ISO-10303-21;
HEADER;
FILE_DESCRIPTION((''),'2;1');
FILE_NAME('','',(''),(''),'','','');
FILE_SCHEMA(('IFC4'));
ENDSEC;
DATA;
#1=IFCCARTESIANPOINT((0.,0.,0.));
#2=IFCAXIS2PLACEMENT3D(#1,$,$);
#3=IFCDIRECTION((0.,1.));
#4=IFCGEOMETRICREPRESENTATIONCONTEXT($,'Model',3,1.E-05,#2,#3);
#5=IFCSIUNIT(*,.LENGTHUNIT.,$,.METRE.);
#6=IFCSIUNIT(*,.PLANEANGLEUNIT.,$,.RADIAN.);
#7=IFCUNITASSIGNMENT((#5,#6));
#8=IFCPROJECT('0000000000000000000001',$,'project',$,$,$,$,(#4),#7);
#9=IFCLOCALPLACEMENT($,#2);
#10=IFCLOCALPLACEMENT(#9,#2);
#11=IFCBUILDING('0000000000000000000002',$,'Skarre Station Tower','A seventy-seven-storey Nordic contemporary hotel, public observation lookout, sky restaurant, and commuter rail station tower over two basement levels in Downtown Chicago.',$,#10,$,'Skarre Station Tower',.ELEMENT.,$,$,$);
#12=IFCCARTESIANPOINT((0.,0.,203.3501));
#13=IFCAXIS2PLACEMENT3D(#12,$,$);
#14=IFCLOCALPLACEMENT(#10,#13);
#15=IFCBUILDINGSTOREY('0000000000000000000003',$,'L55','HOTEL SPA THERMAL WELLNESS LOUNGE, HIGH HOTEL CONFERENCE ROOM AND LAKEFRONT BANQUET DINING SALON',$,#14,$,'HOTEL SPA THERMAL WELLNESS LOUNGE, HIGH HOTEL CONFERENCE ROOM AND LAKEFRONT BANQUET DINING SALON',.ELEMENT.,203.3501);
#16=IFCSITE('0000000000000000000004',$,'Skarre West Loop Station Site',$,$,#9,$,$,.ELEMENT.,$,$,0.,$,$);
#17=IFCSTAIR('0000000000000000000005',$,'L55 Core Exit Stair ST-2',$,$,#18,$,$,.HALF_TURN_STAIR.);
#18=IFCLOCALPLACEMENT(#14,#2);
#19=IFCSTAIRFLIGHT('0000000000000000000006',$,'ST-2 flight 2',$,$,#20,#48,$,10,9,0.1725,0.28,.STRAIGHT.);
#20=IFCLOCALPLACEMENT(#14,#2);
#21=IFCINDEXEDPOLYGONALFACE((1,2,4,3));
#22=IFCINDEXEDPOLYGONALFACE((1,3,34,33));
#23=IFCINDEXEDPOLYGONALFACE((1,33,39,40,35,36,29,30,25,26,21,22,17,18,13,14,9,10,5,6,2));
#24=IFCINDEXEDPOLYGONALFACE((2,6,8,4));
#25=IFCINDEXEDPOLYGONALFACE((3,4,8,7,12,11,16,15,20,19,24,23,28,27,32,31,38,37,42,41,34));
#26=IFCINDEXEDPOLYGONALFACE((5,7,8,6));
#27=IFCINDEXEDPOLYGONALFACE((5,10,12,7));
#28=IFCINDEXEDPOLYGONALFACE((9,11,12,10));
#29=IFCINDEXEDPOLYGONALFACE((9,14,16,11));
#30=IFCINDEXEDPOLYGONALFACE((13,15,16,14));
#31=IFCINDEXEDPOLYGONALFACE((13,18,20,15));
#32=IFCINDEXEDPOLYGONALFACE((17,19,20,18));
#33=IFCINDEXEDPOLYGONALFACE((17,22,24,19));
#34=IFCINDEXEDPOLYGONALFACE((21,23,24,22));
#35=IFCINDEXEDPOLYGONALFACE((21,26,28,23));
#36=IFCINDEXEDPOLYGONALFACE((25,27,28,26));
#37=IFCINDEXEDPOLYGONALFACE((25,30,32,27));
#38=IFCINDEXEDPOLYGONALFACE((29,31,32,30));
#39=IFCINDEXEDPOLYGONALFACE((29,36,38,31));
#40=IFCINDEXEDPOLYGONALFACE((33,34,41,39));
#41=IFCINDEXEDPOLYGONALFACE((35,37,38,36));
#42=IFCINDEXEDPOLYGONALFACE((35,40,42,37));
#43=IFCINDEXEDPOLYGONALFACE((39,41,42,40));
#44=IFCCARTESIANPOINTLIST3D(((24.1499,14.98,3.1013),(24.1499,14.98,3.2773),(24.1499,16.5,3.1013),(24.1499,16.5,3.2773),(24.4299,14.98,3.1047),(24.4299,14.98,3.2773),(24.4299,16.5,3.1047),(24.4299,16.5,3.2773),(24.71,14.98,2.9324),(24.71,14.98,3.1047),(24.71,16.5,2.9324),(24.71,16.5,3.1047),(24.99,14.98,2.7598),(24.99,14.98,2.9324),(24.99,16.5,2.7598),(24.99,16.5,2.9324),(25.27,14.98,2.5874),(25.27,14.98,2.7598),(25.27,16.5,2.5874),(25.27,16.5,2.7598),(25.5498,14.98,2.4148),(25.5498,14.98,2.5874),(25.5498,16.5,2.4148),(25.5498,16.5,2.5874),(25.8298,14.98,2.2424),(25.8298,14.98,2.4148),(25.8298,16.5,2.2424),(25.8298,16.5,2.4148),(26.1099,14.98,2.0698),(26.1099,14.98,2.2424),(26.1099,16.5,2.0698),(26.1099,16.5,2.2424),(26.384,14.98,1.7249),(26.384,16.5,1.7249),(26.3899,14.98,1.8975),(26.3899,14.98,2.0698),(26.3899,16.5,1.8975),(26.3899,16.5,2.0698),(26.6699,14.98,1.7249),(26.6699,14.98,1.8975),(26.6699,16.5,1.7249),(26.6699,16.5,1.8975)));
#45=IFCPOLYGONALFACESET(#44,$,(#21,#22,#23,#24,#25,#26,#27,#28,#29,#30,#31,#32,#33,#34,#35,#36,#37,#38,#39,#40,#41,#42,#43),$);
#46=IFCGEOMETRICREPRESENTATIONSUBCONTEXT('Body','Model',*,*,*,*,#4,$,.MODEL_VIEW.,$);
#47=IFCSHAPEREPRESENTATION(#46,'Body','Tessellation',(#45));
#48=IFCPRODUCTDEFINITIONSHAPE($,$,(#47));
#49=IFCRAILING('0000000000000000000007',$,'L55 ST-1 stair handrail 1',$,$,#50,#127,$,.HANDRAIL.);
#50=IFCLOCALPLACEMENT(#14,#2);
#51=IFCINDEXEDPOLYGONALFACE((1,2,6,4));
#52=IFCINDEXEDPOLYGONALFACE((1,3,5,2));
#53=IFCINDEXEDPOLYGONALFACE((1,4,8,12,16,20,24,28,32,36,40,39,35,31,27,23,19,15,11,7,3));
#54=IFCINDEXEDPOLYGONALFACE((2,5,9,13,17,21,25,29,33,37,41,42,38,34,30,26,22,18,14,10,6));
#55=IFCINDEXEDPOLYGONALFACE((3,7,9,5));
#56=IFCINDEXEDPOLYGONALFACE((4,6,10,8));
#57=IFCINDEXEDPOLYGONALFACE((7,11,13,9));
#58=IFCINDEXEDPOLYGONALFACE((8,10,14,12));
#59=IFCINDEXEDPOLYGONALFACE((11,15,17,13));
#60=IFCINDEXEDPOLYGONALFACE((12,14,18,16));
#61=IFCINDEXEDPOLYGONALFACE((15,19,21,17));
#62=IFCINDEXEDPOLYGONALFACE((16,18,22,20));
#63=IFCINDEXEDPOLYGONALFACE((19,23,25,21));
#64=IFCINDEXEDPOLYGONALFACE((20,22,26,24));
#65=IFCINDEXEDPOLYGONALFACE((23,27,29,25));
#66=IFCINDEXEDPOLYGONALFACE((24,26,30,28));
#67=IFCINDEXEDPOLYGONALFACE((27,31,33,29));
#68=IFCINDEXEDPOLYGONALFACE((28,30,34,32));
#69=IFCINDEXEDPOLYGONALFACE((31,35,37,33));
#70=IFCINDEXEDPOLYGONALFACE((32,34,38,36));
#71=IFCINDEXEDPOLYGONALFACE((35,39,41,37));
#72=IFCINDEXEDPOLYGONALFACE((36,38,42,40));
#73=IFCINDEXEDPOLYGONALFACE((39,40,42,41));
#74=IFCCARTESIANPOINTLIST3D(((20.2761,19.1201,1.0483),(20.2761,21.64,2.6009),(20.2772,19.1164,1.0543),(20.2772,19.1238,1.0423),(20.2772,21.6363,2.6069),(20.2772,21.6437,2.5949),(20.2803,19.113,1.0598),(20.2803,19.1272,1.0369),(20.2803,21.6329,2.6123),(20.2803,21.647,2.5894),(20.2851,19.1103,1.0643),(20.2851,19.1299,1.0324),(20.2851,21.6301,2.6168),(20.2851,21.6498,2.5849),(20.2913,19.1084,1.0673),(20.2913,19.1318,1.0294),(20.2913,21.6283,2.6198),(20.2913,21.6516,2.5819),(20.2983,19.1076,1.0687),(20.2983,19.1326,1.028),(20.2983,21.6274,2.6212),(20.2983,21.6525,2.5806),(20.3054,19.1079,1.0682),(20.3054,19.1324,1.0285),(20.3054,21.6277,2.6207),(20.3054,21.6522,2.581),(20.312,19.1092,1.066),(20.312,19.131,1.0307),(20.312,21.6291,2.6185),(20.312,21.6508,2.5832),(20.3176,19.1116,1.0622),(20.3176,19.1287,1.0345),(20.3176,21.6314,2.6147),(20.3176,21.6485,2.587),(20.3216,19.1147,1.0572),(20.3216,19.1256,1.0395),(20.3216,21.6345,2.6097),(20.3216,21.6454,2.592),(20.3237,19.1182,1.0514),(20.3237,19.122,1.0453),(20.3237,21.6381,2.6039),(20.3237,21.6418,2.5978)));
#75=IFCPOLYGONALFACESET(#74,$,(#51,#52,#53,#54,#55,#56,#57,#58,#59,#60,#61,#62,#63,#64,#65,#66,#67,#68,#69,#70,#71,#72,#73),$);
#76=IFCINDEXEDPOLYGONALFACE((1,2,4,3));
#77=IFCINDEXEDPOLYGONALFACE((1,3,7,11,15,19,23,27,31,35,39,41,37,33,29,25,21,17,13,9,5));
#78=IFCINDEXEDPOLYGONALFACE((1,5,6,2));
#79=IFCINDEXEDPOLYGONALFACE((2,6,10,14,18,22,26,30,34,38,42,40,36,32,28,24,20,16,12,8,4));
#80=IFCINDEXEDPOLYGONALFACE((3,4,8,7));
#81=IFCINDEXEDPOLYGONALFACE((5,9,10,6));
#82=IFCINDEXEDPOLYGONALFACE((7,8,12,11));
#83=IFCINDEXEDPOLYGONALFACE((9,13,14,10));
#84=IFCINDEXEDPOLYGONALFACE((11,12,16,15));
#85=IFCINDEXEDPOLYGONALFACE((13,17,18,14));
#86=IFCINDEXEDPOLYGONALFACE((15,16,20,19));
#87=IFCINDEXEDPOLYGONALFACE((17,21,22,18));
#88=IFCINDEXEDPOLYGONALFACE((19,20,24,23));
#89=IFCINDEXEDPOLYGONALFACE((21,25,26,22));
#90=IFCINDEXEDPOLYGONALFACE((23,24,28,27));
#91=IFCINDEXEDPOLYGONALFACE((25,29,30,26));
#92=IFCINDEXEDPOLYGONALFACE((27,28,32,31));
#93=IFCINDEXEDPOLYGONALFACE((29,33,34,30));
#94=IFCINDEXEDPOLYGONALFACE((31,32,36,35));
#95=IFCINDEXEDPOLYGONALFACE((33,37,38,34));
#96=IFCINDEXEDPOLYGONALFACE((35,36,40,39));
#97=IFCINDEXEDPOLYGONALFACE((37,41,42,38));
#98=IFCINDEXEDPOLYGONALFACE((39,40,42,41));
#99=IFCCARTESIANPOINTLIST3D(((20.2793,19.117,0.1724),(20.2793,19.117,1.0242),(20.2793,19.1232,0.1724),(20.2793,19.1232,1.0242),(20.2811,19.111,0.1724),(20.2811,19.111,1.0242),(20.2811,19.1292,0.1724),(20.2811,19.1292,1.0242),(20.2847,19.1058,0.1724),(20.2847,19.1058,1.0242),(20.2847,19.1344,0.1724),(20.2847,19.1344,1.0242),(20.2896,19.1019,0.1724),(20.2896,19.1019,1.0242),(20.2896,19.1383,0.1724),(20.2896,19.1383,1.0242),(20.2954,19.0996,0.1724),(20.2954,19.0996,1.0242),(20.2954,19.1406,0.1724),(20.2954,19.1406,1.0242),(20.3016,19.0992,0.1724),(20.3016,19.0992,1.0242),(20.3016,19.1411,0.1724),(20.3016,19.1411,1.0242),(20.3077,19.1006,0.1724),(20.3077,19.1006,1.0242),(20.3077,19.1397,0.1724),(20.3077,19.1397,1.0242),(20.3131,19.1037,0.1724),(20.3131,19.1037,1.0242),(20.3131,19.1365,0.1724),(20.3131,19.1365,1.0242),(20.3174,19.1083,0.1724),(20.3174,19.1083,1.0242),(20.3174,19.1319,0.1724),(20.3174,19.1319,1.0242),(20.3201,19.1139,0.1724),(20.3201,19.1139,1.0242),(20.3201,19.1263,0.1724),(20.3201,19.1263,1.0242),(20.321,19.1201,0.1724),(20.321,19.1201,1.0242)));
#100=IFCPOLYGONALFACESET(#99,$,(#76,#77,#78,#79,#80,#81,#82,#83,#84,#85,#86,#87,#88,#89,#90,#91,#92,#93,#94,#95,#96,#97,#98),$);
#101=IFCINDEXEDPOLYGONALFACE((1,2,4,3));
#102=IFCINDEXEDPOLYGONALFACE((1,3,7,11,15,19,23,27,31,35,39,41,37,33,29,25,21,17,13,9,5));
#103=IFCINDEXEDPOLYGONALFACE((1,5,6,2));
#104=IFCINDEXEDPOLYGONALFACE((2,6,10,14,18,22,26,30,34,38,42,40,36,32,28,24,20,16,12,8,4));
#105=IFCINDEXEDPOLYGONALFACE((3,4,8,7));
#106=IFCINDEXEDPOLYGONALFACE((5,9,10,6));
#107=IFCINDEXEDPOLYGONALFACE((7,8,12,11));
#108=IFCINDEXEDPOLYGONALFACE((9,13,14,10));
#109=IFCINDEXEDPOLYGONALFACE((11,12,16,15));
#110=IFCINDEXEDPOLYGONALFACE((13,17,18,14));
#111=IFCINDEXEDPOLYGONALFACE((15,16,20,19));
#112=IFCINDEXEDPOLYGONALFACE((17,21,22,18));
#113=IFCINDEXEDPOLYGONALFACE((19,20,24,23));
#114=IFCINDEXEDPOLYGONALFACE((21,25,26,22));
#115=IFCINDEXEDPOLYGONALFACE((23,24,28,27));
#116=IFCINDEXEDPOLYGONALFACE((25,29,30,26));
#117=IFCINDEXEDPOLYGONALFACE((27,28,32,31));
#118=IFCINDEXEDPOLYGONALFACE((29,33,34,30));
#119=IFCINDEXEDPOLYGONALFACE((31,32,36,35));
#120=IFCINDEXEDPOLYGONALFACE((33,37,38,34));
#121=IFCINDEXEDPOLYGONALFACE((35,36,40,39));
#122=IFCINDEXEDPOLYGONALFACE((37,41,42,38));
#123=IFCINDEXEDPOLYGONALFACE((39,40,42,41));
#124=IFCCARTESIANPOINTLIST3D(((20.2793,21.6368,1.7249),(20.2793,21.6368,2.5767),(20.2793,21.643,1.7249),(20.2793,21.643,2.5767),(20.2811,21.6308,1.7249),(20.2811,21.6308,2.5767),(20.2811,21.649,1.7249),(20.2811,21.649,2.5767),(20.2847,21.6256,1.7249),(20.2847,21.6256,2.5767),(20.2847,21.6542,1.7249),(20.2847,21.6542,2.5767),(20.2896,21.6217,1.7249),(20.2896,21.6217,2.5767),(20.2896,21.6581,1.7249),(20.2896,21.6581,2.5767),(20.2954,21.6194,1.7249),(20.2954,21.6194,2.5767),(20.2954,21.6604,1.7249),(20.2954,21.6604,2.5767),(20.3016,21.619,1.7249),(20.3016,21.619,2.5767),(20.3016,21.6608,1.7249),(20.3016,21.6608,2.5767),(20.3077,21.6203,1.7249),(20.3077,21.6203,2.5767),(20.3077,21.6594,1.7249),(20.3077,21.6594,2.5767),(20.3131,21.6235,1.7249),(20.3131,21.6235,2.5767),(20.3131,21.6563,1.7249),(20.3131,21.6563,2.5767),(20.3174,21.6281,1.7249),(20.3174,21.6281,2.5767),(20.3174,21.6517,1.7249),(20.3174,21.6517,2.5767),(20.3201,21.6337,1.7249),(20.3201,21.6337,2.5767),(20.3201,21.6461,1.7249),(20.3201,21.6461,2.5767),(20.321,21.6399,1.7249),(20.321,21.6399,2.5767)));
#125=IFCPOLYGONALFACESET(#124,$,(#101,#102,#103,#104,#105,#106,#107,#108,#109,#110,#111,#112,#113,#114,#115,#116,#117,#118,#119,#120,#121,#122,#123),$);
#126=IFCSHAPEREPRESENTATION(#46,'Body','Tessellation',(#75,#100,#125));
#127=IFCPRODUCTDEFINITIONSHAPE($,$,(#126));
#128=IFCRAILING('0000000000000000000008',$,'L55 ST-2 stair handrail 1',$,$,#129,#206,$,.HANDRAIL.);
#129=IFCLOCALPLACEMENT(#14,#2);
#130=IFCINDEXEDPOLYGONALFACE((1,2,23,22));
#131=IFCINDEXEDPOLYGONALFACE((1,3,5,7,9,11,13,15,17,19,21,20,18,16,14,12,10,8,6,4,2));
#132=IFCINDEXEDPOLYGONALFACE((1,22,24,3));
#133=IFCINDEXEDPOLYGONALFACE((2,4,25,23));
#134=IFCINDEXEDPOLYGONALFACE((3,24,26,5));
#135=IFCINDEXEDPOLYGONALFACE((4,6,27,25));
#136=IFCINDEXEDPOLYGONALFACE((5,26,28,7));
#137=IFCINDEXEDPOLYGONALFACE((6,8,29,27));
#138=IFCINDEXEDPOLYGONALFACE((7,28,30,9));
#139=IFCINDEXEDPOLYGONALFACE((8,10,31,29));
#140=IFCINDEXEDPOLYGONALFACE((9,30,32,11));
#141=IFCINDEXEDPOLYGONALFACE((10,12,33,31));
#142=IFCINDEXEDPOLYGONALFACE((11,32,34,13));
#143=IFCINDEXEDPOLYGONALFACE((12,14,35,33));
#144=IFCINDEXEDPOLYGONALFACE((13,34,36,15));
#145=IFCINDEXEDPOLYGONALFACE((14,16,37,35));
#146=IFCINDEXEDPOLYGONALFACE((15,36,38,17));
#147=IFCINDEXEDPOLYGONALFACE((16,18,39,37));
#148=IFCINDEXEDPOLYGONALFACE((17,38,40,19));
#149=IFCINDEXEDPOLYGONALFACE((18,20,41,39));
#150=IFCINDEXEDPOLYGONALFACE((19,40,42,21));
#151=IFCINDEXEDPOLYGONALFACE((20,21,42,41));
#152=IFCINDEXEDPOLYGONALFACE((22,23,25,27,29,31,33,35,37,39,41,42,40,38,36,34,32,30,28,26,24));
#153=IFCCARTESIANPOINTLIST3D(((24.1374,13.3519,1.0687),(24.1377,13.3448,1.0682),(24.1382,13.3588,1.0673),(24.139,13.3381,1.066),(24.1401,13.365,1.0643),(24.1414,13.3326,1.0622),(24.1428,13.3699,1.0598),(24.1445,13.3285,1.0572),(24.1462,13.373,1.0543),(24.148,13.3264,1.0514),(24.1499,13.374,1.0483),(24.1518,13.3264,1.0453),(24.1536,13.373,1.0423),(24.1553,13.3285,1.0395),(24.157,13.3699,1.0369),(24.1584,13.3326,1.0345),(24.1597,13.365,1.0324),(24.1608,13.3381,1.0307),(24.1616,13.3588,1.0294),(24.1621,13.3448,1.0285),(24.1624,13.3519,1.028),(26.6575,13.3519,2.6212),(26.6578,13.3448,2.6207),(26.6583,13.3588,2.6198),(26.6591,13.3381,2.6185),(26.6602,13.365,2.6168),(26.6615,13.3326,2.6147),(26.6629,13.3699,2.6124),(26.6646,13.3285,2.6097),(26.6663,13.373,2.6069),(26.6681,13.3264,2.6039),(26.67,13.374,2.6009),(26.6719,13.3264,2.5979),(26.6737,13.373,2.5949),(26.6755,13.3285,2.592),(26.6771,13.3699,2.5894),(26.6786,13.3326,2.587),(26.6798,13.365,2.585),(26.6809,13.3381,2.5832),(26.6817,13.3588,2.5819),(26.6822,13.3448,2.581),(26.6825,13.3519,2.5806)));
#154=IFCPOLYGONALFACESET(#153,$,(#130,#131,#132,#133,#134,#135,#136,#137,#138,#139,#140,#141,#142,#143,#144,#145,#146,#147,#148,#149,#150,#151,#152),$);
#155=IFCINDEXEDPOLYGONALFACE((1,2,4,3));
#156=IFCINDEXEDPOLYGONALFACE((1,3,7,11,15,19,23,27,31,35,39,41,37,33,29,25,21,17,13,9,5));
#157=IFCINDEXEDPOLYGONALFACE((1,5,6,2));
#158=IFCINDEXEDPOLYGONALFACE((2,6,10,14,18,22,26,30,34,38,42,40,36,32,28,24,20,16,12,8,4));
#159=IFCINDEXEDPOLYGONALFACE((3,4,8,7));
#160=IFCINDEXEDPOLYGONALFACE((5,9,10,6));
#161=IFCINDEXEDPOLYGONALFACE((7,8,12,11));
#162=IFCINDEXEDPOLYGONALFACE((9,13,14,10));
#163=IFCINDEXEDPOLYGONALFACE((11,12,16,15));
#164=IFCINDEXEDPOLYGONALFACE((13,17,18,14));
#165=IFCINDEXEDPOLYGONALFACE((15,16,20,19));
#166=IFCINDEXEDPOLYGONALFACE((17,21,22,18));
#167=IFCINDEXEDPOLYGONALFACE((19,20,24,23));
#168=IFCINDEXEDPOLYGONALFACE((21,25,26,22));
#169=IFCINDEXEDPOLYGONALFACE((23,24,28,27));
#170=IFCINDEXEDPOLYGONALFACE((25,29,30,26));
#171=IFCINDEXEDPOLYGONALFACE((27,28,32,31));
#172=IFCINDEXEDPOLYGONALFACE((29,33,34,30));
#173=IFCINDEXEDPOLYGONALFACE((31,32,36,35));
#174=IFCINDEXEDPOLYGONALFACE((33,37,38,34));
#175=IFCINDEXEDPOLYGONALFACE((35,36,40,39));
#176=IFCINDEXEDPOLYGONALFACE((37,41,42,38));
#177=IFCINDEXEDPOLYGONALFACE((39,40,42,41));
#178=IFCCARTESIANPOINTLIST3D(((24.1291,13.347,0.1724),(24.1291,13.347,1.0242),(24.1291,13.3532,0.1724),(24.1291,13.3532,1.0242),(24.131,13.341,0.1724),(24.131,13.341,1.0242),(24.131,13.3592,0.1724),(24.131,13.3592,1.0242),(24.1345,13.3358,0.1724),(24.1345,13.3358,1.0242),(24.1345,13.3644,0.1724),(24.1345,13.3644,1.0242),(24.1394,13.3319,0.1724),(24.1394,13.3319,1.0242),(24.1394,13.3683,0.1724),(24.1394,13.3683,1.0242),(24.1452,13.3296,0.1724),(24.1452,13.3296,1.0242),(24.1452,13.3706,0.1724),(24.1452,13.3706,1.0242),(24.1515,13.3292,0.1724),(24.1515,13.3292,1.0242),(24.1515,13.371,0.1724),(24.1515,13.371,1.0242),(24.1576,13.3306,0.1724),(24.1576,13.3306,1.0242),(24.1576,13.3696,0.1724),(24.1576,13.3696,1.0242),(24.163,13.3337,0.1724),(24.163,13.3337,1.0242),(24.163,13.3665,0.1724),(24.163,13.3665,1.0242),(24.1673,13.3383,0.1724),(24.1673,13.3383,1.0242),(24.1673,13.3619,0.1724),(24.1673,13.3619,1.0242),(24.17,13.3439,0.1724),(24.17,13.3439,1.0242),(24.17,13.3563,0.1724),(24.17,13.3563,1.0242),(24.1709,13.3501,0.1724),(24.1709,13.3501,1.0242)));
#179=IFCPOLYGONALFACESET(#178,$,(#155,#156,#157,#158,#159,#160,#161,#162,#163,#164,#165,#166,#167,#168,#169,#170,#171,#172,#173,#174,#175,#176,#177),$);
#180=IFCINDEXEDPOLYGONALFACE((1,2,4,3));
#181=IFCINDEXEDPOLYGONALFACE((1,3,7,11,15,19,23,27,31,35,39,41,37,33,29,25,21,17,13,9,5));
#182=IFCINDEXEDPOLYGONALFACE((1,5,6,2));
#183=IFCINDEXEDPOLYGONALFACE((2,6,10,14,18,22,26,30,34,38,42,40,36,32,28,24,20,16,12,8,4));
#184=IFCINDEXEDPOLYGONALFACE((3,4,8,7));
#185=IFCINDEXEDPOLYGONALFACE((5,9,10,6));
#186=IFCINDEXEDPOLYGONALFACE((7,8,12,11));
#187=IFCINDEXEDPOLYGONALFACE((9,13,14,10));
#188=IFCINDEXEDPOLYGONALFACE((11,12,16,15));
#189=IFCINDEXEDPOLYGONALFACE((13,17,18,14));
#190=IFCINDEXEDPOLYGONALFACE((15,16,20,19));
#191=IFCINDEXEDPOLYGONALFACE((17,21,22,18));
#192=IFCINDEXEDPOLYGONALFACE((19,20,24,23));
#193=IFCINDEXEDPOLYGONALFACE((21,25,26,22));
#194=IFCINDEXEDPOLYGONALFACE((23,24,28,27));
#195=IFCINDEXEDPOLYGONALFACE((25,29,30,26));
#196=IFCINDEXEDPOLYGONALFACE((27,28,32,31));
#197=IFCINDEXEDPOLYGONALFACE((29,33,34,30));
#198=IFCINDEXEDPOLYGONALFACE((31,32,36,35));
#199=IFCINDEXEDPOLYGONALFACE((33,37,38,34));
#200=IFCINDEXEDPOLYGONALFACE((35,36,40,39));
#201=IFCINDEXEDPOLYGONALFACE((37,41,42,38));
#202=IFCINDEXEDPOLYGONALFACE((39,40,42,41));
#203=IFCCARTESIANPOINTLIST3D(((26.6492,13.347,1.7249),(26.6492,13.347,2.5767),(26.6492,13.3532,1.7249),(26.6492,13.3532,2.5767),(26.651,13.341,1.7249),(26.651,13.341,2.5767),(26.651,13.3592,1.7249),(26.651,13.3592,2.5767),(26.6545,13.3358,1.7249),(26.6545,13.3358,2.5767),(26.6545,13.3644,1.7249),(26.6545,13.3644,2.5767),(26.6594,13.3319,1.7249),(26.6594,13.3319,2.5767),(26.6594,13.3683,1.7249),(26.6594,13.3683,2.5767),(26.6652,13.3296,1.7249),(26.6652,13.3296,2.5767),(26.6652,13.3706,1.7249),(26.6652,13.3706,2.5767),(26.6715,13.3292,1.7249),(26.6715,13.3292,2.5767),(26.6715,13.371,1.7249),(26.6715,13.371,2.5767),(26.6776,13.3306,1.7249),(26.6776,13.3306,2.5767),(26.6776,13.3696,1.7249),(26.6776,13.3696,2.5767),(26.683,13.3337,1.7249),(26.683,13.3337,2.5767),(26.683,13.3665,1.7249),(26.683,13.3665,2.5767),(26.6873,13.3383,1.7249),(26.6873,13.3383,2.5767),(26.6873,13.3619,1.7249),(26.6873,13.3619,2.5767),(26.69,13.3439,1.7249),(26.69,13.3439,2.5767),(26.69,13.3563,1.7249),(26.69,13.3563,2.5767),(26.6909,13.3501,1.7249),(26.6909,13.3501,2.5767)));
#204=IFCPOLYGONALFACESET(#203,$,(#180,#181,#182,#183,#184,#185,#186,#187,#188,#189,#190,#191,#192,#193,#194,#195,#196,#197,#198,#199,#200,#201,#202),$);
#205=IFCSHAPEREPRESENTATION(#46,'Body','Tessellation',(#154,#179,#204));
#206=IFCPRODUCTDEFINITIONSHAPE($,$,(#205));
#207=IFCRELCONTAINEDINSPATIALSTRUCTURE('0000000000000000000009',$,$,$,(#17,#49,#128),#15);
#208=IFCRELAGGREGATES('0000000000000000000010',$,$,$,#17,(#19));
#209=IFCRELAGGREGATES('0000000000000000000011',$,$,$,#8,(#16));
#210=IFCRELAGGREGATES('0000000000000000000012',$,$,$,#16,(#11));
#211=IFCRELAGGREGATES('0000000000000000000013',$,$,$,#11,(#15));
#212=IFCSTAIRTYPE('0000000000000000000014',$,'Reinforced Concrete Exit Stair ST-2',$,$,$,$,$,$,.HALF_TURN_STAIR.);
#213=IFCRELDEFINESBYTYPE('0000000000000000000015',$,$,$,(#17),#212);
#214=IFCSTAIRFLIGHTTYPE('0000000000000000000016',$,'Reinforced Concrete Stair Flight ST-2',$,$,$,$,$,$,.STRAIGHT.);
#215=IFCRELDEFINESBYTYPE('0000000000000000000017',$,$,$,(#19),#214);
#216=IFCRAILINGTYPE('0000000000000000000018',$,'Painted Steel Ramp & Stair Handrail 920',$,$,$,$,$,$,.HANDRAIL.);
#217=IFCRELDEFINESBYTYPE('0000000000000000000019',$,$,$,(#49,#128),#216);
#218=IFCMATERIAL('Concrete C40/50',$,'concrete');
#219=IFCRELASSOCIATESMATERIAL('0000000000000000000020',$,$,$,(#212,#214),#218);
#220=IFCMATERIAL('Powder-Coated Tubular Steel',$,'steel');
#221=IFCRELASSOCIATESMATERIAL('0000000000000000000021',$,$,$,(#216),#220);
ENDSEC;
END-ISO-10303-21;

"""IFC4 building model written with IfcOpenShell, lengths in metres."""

from ifc_helpers import new_model, si_unit, direction, frame, origin, origin_2d, place, context, subcontext, project, spatial, polyline, circle, outline, extrude, material, type_object, element, aggregate, save


model = new_model("IFC4")

# Units and contexts
model_context = context("Model", 3, precision=1e-05, world=origin(), true_north=direction((0.0, 1.0)))
body_context = subcontext(model_context, "Body", "Model", "MODEL_VIEW")
ifc_project = project(units=[si_unit("LENGTHUNIT", "METRE"), si_unit("PLANEANGLEUNIT", "RADIAN")], contexts=[model_context])

# Site, building, storey
site_placement = place(None, origin())
site = spatial("IfcSite", under=ifc_project, at=site_placement, Name="Skarre West Loop Station Site", CompositionType="ELEMENT", RefElevation=0.0)
building_placement = place(site_placement, origin())
building = spatial("IfcBuilding", under=site, at=building_placement, Name="Skarre Station Tower", Description="A seventy-seven-storey Nordic contemporary hotel, public observation lookout, sky restaurant, and commuter rail station tower over two basement levels in Downtown Chicago.", LongName="Skarre Station Tower", CompositionType="ELEMENT")
storey_placement = place(building_placement, frame((0.0, 0.0, 203.3501)))
storey = spatial("IfcBuildingStorey", under=building, at=storey_placement, Name="L55", Description="HOTEL SPA THERMAL WELLNESS LOUNGE, HIGH HOTEL CONFERENCE ROOM AND LAKEFRONT BANQUET DINING SALON", LongName="HOTEL SPA THERMAL WELLNESS LOUNGE, HIGH HOTEL CONFERENCE ROOM AND LAKEFRONT BANQUET DINING SALON", CompositionType="ELEMENT", Elevation=203.3501)

# Stair, stair flight
ifc_material_1 = material(Name="Concrete C40/50", Category="concrete")
stair_type = type_object("IfcStairType", Name="Reinforced Concrete Exit Stair ST-2", PredefinedType="HALF_TURN_STAIR", material=ifc_material_1)
stair_placement = place(storey_placement, origin())
stair = element("IfcStair", 1, at=stair_placement, inside=storey, type_object=stair_type, Name="L55 Core Exit Stair ST-2", PredefinedType="HALF_TURN_STAIR")
stair_flight_type = type_object("IfcStairFlightType", Name="Reinforced Concrete Stair Flight ST-2", PredefinedType="STRAIGHT", material=ifc_material_1)
stair_flight_1_placement = place(storey_placement, frame((26.6699, 15.74, 1.7249), z_axis=(0.0, 0.0, 1.0), x_axis=(-1.0, 0.0, 0.0)))
stair_flight_1 = element("IfcStairFlight", 2, at=stair_flight_1_placement, type_object=stair_flight_type, Name="ST-2 flight 2", NumberOfRisers=10, NumberOfTreads=9, PredefinedType="STRAIGHT", RiserHeight=0.1725, TreadLength=0.28, context=body_context, shape_type="SweptSolid", body=[
    extrude(outline(polyline([(0.0, 0.0), (0.0, 0.1726), (0.28, 0.1726), (0.28, 0.345), (0.5601, 0.345), (0.5601, 0.5176), (0.8401, 0.5176), (0.8401, 0.6899), (1.1201, 0.6899), (1.1201, 0.8625), (1.3999, 0.8625), (1.3999, 1.0349), (1.6799, 1.0349), (1.6799, 1.2075), (1.96, 1.2075), (1.96, 1.3799), (2.24, 1.3799), (2.24, 1.5525), (2.52, 1.5525), (2.52, 1.7251), (2.52, 1.3765), (0.2859, 0.0), (0.0, 0.0)])), frame((0.0, 0.76, 0.0), z_axis=(0.0, -1.0, 0.0), x_axis=(1.0, 0.0, 0.0)), (0.0, 0.0, 1.0), 1.52),
])
aggregate(stair, [stair_flight_1])

# Railings
ifc_material_2 = material(Name="Powder-Coated Tubular Steel", Category="steel")
railing_type_1 = type_object("IfcRailingType", Name="Painted Steel Ramp & Stair Handrail 920", PredefinedType="HANDRAIL", material=ifc_material_2)
railing_1_placement = place(storey_placement, frame((20.3, 19.1201, 0.1724)))
element("IfcRailing", 3, at=railing_1_placement, inside=storey, type_object=railing_type_1, Name="L55 ST-1 stair handrail 1", PredefinedType="HANDRAIL", context=body_context, shape_type="SweptSolid", body=[
    extrude(circle(Radius=0.0239, at=origin_2d()), frame((0.0, 0.0, 0.876), z_axis=(0.0, 0.851378, 0.524553), x_axis=(-1.0, 0.0, 0.0)), (0.0, 0.0, 1.0), 2.9597),
    extrude(circle(Radius=0.021, at=origin_2d()), origin(), (0.0, 0.0, 1.0), 0.8518),
    extrude(circle(Radius=0.021, at=origin_2d()), frame((0.0, 2.5198, 1.5525)), (0.0, 0.0, 1.0), 0.8518),
])
railing_2_placement = place(storey_placement, frame((24.1499, 13.3501, 0.1724)))
element("IfcRailing", 4, at=railing_2_placement, inside=storey, type_object=railing_type_1, Name="L55 ST-2 stair handrail 1", PredefinedType="HANDRAIL", context=body_context, shape_type="SweptSolid", body=[
    extrude(circle(Radius=0.0239, at=origin_2d()), frame((0.0, 0.0, 0.876), z_axis=(0.8514, 0.0, 0.524516), x_axis=(0.0, 1.0, 0.0)), (0.0, 0.0, 1.0), 2.96),
    extrude(circle(Radius=0.021, at=origin_2d()), origin(), (0.0, 0.0, 1.0), 0.8518),
    extrude(circle(Radius=0.021, at=origin_2d()), frame((2.52, 0.0, 1.5525)), (0.0, 0.0, 1.0), 0.8518),
])

save(model, "model.ifc")
